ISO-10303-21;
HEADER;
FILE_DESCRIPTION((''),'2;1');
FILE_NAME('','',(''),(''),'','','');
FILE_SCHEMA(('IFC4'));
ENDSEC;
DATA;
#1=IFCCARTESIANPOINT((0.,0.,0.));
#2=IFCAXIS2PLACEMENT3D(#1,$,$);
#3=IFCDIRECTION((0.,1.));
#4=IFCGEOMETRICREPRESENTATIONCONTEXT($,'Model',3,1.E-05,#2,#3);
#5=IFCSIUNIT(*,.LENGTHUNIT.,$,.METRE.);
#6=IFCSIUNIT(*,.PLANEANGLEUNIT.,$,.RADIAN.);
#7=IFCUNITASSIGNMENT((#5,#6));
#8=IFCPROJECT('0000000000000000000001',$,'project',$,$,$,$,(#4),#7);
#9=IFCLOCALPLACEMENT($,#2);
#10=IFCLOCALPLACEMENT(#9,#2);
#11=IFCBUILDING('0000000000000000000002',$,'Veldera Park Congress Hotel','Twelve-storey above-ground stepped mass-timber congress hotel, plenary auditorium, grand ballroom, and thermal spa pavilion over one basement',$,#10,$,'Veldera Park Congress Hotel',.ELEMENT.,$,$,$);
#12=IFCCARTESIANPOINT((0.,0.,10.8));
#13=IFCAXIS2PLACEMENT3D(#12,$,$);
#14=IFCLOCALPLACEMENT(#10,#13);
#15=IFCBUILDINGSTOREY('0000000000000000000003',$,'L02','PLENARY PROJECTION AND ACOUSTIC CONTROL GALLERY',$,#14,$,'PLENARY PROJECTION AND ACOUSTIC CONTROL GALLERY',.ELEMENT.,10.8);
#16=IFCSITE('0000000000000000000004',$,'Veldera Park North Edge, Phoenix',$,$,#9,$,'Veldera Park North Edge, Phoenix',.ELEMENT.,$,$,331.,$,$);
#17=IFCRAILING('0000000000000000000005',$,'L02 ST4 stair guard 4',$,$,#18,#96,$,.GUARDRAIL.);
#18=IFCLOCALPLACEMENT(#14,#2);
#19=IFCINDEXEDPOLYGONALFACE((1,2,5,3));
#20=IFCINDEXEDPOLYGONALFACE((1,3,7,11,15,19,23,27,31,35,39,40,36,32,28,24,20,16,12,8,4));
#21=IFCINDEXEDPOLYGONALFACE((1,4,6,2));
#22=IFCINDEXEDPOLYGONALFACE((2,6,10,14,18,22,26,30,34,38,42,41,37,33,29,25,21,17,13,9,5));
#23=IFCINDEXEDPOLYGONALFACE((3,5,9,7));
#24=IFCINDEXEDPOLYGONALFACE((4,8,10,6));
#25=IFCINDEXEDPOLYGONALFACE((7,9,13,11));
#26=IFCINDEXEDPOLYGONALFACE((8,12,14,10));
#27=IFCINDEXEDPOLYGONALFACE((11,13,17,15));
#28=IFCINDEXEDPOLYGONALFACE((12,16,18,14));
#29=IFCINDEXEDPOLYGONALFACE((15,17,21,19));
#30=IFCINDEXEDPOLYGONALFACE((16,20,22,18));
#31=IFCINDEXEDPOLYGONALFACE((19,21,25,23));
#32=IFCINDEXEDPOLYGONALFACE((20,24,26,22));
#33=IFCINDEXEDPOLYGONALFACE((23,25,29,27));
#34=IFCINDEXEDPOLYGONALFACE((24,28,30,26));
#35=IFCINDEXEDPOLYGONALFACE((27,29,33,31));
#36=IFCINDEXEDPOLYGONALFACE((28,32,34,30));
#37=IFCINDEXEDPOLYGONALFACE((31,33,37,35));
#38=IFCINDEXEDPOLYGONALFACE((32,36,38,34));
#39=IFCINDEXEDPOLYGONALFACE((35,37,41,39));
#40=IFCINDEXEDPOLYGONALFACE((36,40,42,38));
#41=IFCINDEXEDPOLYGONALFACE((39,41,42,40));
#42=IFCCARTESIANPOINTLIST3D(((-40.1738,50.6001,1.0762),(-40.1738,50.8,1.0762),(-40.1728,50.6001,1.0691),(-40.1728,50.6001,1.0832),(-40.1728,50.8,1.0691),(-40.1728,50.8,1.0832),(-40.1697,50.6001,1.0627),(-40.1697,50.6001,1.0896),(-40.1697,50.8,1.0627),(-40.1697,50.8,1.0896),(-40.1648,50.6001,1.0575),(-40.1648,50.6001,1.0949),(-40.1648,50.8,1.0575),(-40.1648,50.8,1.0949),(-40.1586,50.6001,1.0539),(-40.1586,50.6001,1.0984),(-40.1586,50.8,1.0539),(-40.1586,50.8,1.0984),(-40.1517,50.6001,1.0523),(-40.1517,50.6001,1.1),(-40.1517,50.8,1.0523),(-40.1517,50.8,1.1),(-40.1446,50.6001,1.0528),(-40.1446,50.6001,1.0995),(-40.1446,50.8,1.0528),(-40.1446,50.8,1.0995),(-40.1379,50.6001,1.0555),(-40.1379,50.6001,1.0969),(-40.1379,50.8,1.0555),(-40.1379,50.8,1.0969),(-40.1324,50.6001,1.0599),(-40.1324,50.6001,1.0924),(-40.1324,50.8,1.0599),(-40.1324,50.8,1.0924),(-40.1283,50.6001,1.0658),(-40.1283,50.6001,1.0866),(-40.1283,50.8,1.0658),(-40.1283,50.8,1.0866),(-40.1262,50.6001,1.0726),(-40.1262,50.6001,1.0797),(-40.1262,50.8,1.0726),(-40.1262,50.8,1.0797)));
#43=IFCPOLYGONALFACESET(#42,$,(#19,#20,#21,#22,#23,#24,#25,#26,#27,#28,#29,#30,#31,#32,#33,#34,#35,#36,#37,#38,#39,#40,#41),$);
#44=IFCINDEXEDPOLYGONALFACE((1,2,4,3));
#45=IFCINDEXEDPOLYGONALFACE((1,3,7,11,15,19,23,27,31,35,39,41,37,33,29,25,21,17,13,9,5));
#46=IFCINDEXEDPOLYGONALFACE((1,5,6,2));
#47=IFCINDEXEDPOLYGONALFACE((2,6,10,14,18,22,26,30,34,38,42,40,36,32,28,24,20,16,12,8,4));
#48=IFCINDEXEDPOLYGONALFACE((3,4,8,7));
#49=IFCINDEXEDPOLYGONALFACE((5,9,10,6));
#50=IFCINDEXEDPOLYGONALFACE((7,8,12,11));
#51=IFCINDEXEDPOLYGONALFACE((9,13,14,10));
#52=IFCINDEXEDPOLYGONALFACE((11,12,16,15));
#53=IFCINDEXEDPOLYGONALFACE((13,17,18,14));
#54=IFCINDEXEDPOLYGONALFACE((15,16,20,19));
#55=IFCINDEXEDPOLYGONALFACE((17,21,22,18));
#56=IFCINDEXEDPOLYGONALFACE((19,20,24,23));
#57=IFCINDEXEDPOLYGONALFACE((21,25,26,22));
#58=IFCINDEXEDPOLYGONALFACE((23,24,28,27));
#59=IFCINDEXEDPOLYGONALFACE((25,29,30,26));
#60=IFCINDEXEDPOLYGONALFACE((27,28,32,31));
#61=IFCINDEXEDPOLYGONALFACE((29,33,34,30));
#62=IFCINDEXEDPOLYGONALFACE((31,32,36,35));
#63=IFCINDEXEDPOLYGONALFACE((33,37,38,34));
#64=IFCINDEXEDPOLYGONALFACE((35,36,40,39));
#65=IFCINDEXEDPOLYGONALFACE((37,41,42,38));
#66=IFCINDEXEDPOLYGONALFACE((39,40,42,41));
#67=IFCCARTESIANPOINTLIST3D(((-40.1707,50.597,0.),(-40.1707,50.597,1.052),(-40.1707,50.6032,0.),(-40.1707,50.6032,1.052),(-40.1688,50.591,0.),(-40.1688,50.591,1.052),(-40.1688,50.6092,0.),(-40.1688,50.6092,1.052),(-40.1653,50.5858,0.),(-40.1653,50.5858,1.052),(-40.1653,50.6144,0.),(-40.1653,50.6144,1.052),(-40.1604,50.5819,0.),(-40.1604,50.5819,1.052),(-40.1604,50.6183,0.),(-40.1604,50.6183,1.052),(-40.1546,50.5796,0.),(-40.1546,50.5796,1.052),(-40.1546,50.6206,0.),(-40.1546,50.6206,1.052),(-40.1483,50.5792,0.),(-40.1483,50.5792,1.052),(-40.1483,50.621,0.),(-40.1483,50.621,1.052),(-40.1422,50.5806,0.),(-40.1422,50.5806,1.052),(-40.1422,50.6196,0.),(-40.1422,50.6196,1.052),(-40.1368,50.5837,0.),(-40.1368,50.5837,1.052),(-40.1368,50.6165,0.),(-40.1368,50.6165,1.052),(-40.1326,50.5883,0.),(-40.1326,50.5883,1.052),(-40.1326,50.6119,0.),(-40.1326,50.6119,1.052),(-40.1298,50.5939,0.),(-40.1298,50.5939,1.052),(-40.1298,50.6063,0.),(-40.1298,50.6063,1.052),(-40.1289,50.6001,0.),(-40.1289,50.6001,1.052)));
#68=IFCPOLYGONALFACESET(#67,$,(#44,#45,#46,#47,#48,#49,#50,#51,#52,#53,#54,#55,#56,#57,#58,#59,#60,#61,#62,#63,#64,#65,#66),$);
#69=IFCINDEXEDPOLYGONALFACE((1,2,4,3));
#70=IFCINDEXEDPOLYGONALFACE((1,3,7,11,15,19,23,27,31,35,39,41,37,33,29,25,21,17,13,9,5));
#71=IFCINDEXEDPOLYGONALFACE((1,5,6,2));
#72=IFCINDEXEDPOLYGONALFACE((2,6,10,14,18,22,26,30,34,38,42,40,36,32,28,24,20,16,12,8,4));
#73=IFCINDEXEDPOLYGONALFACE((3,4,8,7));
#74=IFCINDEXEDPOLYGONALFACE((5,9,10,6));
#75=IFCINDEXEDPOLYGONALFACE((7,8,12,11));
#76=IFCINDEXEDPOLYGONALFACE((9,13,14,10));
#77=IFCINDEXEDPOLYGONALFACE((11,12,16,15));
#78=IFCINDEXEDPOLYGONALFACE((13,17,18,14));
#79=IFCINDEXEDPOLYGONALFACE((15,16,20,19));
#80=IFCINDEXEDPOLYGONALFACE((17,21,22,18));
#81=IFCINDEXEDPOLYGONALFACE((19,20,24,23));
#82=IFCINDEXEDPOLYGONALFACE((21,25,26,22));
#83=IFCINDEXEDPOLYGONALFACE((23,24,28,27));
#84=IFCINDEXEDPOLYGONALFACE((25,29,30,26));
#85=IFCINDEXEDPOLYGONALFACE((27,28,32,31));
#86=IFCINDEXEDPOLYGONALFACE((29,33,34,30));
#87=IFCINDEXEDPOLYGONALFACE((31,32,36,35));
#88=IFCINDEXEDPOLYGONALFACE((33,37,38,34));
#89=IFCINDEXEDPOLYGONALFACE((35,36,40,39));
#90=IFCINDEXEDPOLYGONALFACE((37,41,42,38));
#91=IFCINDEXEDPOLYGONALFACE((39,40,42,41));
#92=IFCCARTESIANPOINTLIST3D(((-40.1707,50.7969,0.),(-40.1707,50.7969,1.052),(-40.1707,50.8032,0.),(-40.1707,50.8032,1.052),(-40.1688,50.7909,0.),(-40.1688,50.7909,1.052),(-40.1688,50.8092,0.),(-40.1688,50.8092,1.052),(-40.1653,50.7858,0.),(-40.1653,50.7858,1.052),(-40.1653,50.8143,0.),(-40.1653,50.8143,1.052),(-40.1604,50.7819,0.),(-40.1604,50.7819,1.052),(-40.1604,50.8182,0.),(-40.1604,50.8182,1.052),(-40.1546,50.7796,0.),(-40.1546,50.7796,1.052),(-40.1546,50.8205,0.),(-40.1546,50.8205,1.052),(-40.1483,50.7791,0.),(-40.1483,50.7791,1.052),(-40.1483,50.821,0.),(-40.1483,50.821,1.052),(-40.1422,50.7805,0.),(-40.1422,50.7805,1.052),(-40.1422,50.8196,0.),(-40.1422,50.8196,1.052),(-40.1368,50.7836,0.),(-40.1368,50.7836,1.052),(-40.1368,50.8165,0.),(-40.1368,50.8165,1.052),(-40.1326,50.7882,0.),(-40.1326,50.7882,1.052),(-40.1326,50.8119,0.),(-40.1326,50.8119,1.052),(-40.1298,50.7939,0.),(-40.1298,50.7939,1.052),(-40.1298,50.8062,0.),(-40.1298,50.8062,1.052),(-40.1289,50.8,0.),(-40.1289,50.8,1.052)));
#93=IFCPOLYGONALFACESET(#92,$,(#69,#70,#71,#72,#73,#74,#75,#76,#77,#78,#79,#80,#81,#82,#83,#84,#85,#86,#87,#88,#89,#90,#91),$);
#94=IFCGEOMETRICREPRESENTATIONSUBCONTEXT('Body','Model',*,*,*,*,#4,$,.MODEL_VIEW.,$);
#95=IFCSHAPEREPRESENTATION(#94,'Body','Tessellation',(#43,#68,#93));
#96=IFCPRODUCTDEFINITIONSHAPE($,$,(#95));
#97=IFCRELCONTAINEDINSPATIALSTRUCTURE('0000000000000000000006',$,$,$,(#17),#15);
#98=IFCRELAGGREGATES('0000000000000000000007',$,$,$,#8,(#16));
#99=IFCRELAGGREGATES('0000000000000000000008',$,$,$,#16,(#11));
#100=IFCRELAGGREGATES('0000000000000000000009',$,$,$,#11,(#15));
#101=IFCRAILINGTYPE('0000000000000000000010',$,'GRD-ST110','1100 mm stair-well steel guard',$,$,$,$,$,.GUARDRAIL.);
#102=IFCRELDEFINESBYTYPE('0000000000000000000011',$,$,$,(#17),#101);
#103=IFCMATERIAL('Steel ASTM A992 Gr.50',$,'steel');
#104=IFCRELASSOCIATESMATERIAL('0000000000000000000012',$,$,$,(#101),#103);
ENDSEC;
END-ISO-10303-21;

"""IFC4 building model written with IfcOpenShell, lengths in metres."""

from ifc_helpers import new_model, si_unit, direction, frame, origin, origin_2d, place, context, subcontext, project, spatial, circle, extrude, material, type_object, element, save


model = new_model("IFC4")

# Units and contexts
model_context = context("Model", 3, precision=1e-05, world=origin(), true_north=direction((0.0, 1.0)))
body_context = subcontext(model_context, "Body", "Model", "MODEL_VIEW")
ifc_project = project(units=[si_unit("LENGTHUNIT", "METRE"), si_unit("PLANEANGLEUNIT", "RADIAN")], contexts=[model_context])

# Site, building, storey
site_placement = place(None, origin())
site = spatial("IfcSite", under=ifc_project, at=site_placement, Name="Veldera Park North Edge, Phoenix", LongName="Veldera Park North Edge, Phoenix", CompositionType="ELEMENT", RefElevation=331.0)
building_placement = place(site_placement, origin())
building = spatial("IfcBuilding", under=site, at=building_placement, Name="Veldera Park Congress Hotel", Description="Twelve-storey above-ground stepped mass-timber congress hotel, plenary auditorium, grand ballroom, and thermal spa pavilion over one basement", LongName="Veldera Park Congress Hotel", CompositionType="ELEMENT")
storey_placement = place(building_placement, frame((0.0, 0.0, 10.8)))
storey = spatial("IfcBuildingStorey", under=building, at=storey_placement, Name="L02", Description="PLENARY PROJECTION AND ACOUSTIC CONTROL GALLERY", LongName="PLENARY PROJECTION AND ACOUSTIC CONTROL GALLERY", CompositionType="ELEMENT", Elevation=10.8)

# Shared definitions
ifc_material_1 = material(Name="Steel ASTM A992 Gr.50", Category="steel")

# Railing
railing_type_1 = type_object("IfcRailingType", Name="GRD-ST110", Description="1100 mm stair-well steel guard", PredefinedType="GUARDRAIL", material=ifc_material_1)
railing_1_placement = place(storey_placement, frame((-40.1499, 50.6001, 0.0)))
element("IfcRailing", 1, at=railing_1_placement, inside=storey, type_object=railing_type_1, Name="L02 ST4 stair guard 4", PredefinedType="GUARDRAIL", context=body_context, shape_type="SweptSolid", body=[
    extrude(circle(Radius=0.0239, at=origin_2d()), frame((0.0, 0.0, 1.0762), z_axis=(0.0, 1.0, 0.0), x_axis=(-1.0, 0.0, 0.0)), (0.0, 0.0, 1.0), 0.2),
    extrude(circle(Radius=0.021, at=origin_2d()), origin(), (0.0, 0.0, 1.0), 1.052),
    extrude(circle(Radius=0.021, at=origin_2d()), frame((0.0, 0.2, 0.0)), (0.0, 0.0, 1.0), 1.052),
])

save(model, "model.ifc")
